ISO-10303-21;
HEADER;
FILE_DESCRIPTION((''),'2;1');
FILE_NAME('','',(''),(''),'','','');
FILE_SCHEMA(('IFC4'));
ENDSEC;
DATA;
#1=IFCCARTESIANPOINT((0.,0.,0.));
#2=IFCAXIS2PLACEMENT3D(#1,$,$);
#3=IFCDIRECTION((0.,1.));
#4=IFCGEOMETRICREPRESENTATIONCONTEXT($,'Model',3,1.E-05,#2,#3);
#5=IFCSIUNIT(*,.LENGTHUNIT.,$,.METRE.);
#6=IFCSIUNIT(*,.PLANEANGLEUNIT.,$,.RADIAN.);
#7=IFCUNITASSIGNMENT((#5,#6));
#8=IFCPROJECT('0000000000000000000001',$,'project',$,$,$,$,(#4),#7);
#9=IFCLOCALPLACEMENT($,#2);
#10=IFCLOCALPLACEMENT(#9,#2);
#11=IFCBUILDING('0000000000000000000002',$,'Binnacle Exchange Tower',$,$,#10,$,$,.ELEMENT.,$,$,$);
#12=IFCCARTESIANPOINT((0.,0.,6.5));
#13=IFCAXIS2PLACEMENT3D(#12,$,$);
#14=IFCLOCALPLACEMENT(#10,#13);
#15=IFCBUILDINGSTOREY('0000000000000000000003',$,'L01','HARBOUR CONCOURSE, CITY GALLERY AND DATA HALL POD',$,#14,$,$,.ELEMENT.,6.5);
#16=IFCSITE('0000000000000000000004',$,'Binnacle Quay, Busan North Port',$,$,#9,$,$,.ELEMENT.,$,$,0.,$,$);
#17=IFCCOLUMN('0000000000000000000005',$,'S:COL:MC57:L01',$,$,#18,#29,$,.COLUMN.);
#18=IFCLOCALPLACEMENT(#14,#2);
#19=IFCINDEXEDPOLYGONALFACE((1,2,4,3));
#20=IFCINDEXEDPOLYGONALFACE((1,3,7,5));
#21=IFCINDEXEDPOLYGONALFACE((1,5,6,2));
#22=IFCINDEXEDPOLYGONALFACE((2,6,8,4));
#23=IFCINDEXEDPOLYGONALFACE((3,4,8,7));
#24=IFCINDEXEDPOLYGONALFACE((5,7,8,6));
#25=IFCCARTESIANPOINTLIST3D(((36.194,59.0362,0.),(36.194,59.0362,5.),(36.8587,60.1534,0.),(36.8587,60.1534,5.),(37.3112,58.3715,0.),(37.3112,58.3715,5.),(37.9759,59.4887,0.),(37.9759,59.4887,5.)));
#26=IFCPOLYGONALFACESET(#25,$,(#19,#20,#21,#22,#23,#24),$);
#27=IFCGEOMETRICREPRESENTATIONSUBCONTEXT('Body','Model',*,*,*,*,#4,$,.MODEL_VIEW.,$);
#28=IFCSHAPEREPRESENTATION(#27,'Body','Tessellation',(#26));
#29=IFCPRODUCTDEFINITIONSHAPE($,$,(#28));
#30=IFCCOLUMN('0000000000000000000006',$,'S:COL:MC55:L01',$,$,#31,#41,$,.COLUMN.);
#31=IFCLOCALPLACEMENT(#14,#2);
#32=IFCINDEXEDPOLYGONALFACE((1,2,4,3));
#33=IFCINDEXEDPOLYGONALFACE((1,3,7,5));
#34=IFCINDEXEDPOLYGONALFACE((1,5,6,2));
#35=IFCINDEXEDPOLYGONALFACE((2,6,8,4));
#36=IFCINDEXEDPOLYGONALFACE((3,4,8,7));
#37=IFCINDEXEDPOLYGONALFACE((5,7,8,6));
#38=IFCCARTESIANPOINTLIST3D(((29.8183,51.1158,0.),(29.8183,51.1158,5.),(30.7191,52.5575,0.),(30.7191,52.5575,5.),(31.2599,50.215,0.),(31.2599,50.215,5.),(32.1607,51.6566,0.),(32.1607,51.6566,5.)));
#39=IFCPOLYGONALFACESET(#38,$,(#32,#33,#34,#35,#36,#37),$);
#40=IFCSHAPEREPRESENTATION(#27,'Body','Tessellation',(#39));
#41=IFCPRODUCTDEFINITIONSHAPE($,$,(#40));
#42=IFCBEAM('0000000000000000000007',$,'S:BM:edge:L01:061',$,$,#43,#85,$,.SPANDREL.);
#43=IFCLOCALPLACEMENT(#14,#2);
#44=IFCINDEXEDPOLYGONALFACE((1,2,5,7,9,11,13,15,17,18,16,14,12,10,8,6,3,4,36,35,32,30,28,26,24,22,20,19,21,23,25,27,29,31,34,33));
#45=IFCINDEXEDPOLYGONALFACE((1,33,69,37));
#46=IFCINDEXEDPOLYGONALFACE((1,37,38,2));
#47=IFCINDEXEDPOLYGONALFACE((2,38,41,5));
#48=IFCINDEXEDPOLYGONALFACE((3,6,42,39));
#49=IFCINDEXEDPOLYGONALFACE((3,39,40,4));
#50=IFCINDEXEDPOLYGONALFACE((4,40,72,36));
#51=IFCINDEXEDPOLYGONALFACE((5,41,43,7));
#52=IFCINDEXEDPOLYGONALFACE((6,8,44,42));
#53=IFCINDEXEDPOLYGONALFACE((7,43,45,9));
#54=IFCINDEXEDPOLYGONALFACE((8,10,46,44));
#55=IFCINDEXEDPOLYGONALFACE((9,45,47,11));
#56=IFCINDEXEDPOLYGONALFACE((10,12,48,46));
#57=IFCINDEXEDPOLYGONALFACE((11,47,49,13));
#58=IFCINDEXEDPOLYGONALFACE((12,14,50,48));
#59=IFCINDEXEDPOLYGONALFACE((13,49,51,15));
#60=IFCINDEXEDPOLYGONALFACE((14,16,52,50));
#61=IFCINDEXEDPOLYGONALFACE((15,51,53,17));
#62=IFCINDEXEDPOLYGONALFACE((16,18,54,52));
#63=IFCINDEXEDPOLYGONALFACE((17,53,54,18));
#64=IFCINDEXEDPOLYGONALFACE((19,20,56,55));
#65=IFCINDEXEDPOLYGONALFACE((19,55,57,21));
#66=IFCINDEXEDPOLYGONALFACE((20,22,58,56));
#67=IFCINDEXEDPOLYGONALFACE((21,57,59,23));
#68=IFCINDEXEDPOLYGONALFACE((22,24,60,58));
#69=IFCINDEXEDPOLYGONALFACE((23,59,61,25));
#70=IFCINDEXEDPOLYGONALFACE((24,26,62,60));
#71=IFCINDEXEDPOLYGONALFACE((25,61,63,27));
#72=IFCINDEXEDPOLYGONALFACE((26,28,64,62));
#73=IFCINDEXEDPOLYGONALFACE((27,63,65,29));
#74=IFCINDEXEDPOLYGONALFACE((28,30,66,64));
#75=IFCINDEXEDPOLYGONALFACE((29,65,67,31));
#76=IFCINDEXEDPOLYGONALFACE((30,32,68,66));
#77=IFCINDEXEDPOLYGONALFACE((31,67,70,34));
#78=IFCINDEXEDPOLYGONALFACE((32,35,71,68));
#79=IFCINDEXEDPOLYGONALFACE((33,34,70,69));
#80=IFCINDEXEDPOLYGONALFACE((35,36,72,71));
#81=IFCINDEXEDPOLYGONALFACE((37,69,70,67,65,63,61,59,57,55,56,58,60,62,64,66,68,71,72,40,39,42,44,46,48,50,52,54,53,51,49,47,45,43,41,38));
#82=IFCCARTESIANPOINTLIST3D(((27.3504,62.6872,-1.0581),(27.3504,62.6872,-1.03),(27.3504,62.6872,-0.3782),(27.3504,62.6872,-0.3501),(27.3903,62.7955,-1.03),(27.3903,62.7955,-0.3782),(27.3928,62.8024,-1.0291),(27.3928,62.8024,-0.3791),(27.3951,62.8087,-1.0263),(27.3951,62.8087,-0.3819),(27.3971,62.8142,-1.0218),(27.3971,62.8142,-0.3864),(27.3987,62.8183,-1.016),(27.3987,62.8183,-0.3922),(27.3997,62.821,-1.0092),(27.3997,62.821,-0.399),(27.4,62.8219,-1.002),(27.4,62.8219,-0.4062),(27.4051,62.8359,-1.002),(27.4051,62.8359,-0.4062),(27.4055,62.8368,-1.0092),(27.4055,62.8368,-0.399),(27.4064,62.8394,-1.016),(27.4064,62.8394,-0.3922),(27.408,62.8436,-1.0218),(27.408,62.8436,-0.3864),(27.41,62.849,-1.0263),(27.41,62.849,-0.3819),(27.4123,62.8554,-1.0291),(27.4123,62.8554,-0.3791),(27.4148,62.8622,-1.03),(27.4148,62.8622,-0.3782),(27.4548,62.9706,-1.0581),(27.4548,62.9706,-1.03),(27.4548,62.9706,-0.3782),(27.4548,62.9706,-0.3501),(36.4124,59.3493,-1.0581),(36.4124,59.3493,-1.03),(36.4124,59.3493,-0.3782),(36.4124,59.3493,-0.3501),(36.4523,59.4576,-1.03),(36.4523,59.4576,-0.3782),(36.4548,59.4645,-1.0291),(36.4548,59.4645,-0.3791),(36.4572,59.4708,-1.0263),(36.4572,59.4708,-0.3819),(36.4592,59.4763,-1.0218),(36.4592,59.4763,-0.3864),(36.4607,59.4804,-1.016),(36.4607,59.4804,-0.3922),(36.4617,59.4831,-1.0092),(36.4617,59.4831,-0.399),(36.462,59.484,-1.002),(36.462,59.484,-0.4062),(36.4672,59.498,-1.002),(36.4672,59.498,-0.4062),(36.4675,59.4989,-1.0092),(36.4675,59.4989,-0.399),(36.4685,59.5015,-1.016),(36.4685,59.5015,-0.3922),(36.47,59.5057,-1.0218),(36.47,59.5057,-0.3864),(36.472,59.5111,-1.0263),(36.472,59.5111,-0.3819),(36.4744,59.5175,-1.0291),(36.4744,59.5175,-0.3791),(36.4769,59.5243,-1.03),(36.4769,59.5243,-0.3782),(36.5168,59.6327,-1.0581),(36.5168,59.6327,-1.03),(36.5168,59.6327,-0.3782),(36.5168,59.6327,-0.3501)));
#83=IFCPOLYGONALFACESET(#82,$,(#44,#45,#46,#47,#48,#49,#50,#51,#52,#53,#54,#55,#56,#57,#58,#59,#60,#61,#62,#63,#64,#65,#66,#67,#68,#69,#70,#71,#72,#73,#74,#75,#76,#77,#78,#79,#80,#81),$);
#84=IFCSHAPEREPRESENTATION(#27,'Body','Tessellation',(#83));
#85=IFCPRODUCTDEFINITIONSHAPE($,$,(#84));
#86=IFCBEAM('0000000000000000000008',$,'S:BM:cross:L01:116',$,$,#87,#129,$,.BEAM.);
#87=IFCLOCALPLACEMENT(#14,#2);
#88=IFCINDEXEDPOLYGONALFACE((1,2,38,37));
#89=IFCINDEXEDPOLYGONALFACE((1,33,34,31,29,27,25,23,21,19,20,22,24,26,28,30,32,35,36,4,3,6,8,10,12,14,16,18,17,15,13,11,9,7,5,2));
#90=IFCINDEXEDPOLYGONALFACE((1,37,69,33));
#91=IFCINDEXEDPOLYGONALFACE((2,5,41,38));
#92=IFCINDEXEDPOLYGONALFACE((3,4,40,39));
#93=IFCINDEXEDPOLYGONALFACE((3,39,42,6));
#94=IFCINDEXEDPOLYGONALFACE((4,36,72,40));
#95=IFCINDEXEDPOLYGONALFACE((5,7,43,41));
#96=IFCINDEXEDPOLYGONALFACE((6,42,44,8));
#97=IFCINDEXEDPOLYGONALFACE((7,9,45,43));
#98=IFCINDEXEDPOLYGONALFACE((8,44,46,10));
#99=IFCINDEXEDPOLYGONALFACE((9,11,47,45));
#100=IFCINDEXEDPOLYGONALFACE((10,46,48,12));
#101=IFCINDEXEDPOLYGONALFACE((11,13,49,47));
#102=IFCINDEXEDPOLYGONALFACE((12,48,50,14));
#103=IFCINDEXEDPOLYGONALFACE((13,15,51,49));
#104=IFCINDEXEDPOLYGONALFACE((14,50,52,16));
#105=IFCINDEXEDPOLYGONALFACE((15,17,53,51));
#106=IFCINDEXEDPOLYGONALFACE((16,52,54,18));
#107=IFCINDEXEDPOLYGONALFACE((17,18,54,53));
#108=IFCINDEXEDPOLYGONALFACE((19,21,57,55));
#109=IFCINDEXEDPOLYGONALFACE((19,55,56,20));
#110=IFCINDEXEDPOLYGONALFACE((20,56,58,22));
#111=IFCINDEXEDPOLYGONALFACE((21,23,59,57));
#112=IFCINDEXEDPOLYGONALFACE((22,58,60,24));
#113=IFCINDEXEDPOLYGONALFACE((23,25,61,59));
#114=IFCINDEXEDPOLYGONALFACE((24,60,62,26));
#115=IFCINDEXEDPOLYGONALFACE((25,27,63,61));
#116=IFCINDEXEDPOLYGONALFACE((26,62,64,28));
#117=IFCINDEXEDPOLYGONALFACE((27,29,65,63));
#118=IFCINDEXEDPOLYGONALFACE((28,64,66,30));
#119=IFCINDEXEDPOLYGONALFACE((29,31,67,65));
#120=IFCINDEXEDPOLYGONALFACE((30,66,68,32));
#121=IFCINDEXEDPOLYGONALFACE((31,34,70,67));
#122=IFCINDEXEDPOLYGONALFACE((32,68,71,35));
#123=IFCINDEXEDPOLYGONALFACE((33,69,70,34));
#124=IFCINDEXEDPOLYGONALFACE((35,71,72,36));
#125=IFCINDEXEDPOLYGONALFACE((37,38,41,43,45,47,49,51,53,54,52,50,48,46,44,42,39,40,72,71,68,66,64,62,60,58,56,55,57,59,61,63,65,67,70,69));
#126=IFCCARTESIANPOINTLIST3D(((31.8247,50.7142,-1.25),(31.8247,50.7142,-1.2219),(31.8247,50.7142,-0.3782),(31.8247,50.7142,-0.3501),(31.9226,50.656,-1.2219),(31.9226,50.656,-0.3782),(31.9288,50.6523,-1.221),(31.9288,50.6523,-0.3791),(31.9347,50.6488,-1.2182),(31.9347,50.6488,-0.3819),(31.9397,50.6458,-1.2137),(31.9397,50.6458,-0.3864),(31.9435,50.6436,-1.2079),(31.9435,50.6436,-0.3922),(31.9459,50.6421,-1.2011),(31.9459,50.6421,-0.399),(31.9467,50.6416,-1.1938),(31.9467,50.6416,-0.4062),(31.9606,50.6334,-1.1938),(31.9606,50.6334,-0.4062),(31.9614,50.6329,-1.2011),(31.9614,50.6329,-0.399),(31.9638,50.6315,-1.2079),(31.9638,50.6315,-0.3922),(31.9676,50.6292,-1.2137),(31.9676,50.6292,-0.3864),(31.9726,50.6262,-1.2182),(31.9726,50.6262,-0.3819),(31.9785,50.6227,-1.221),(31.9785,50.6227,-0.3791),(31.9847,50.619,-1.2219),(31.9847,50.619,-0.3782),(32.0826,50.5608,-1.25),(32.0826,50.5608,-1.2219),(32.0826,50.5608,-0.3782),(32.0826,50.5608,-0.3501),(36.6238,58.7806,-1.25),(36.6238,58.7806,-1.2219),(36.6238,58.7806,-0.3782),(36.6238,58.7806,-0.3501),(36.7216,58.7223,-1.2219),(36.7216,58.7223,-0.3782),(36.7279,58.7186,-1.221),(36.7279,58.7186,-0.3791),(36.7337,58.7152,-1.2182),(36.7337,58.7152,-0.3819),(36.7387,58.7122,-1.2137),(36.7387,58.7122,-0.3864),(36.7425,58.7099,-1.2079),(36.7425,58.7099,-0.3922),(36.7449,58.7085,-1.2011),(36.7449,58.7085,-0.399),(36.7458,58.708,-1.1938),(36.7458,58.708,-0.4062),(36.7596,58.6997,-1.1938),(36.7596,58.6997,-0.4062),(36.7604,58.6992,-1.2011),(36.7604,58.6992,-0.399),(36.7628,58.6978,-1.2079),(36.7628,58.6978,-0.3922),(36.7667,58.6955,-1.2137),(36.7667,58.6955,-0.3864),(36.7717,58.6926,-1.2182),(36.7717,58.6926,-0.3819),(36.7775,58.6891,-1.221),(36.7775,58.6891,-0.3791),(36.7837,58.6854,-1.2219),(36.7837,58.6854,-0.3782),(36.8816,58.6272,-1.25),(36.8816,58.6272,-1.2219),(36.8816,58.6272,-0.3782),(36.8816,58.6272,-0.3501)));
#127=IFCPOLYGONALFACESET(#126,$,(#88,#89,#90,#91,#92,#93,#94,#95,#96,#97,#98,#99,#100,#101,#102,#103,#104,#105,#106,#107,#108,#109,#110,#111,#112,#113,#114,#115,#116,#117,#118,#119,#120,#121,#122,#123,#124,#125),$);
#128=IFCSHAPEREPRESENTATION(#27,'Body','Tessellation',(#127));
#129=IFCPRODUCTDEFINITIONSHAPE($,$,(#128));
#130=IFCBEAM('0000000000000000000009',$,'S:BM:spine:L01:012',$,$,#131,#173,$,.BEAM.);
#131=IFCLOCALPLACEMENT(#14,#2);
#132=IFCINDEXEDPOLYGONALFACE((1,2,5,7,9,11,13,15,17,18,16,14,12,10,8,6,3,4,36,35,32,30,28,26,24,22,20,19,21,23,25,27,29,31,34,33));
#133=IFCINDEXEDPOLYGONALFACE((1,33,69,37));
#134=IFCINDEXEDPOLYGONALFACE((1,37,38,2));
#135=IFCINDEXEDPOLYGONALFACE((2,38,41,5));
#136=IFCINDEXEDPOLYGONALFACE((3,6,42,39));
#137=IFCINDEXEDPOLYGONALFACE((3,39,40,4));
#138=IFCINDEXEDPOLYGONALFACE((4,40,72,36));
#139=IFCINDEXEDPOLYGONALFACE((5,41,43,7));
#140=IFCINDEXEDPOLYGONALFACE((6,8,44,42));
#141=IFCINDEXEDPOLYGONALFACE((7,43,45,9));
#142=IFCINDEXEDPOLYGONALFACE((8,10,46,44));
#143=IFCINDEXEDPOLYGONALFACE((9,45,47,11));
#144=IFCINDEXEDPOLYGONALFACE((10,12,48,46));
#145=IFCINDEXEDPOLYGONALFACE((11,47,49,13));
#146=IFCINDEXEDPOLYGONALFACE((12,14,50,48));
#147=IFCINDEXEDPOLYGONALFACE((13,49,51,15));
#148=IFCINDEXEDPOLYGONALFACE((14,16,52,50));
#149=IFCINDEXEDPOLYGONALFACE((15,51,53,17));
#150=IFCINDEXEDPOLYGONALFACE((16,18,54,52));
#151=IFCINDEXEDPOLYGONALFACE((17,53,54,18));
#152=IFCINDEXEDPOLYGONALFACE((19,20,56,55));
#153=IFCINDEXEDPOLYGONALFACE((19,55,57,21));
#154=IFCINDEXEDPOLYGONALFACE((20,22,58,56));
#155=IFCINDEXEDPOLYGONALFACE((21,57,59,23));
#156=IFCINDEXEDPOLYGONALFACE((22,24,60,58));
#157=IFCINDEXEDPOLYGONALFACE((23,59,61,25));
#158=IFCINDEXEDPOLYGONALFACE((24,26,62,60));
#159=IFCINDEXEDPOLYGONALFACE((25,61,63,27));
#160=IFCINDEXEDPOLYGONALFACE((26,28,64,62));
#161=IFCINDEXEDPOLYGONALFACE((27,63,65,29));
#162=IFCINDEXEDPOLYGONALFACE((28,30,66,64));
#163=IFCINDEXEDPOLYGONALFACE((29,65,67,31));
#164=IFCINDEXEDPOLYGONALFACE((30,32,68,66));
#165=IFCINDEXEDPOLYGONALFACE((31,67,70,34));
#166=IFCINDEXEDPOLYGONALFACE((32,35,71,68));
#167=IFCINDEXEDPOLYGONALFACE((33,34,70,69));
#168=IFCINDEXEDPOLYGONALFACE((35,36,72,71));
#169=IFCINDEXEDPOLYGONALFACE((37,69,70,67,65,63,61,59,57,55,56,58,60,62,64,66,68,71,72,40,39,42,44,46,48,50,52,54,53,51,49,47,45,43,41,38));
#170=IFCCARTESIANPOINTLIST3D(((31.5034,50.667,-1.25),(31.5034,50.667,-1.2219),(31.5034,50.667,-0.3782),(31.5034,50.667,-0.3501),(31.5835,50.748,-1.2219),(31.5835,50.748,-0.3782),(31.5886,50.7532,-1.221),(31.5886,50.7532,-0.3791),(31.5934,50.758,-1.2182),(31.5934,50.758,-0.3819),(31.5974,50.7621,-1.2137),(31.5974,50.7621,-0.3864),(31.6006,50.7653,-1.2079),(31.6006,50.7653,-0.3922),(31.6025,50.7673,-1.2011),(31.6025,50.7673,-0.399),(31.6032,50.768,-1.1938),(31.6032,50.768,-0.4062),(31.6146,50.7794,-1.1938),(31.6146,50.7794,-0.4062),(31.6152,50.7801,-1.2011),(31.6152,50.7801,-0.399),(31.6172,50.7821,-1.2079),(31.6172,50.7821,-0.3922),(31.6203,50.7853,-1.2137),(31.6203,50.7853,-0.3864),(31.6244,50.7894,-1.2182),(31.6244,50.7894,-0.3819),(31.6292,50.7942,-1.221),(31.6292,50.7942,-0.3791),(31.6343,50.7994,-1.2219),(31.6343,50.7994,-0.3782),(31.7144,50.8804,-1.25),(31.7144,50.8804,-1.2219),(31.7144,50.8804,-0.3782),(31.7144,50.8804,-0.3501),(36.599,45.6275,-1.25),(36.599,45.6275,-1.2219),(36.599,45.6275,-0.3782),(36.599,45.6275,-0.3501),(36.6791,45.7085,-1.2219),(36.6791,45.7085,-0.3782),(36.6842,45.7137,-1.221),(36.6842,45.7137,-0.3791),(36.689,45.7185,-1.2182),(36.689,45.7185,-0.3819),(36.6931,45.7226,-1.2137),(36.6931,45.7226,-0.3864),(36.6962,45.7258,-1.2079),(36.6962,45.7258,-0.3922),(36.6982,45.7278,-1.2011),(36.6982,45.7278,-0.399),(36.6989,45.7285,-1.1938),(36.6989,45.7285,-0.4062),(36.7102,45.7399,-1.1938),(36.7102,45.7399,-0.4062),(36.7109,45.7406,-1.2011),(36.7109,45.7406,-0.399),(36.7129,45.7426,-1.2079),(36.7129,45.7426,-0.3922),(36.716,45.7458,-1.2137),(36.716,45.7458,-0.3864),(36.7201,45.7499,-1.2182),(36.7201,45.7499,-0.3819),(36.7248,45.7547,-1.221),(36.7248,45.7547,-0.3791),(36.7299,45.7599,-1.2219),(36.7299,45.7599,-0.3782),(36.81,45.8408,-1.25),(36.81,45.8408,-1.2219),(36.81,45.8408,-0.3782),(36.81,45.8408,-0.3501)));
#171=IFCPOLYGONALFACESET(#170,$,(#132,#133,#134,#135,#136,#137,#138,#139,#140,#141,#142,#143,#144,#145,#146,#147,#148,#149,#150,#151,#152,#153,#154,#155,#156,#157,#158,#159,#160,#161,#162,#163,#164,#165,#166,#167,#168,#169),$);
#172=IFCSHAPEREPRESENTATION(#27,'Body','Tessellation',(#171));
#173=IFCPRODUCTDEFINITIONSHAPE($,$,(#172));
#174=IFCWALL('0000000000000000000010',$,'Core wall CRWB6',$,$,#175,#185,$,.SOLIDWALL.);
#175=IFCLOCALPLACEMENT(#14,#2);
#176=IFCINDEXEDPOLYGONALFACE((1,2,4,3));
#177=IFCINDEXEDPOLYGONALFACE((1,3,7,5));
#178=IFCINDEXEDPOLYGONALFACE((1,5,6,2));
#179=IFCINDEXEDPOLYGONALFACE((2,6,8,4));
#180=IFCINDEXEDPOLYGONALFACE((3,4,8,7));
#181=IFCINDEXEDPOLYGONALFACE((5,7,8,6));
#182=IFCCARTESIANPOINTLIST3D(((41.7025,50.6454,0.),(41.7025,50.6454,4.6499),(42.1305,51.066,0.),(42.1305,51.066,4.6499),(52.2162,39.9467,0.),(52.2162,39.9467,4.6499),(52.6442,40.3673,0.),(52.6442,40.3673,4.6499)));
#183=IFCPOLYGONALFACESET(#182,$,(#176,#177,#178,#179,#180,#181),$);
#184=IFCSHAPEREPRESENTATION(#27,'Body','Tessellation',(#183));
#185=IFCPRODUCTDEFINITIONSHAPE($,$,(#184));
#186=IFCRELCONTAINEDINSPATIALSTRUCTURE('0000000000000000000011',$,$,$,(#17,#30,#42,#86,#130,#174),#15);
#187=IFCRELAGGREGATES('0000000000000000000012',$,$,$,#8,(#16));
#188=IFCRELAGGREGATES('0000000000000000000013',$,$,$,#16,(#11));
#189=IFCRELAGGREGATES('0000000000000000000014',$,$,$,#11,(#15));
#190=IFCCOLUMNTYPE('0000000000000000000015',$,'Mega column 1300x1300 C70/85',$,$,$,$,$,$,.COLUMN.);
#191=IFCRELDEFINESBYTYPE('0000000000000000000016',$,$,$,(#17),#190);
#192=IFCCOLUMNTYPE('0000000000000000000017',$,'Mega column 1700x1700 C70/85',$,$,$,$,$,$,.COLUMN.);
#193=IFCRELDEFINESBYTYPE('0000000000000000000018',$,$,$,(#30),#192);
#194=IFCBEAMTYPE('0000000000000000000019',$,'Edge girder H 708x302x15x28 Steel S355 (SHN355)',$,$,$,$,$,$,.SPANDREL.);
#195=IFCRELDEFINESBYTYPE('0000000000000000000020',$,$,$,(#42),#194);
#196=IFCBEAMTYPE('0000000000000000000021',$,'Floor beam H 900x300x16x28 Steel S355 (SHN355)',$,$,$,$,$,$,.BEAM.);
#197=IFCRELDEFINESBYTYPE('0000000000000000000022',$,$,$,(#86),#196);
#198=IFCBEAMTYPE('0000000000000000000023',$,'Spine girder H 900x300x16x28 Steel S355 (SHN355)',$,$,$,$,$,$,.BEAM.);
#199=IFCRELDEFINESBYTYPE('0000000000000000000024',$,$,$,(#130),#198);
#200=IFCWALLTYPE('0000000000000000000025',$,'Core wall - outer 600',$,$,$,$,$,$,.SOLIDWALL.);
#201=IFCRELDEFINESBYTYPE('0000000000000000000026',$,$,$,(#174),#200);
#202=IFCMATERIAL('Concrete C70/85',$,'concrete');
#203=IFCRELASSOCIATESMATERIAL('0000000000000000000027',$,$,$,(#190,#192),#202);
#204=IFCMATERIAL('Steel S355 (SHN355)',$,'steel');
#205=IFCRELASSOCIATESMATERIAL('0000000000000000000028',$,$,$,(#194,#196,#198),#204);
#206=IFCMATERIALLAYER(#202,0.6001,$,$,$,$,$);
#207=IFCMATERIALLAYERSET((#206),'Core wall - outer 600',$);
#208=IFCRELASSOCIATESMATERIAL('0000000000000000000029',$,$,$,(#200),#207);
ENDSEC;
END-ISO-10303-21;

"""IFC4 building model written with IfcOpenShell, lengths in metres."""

from ifc_helpers import new_model, si_unit, direction, frame, frame_2d, origin, origin_2d, place, context, subcontext, project, spatial, rectangle, i_section, extrude, material, layer, layer_set, material_profile, profile_set, type_object, element, save


model = new_model("IFC4")

# Units and contexts
model_context = context("Model", 3, precision=1e-05, world=origin(), true_north=direction((0.0, 1.0)))
body_context = subcontext(model_context, "Body", "Model", "MODEL_VIEW")
ifc_project = project(units=[si_unit("LENGTHUNIT", "METRE"), si_unit("PLANEANGLEUNIT", "RADIAN")], contexts=[model_context])

# Site, building, storey
site_placement = place(None, origin())
site = spatial("IfcSite", under=ifc_project, at=site_placement, Name="Binnacle Quay, Busan North Port", CompositionType="ELEMENT", RefElevation=0.0)
building_placement = place(site_placement, origin())
building = spatial("IfcBuilding", under=site, at=building_placement, Name="Binnacle Exchange Tower", CompositionType="ELEMENT")
storey_placement = place(building_placement, frame((0.0, 0.0, 6.5)))
storey = spatial("IfcBuildingStorey", under=building, at=storey_placement, Name="L01", Description="HARBOUR CONCOURSE, CITY GALLERY AND DATA HALL POD", CompositionType="ELEMENT", Elevation=6.5)

# Columns
ifc_material_1 = material(Name="Concrete C70/85", Category="concrete")
ifc_material_profile_1 = material_profile(ifc_material_1, rectangle(XDim=1.3, YDim=1.3, at=origin_2d()), Name="Mega column 1300x1300 C70/85")
ifc_profile_set_1 = profile_set([ifc_material_profile_1], Name="Concrete C70/85")
column_type_1 = type_object("IfcColumnType", Name="Mega column 1300x1300 C70/85", PredefinedType="COLUMN", material=ifc_profile_set_1)
column_1_placement = place(storey_placement, frame((37.085, 59.2625, 0.0), z_axis=(0.0, 0.0, 1.0), x_axis=(-0.859406, 0.511293, 0.0)))
element("IfcColumn", 1, at=column_1_placement, inside=storey, type_object=column_type_1, Name="S:COL:MC57:L01", PredefinedType="COLUMN", context=body_context, shape_type="SweptSolid", body=[
    extrude(rectangle(XDim=1.3, YDim=1.3, at=origin_2d()), origin(), (0.0, 0.0, 1.0), 5.0),
])
ifc_material_profile_2 = material_profile(ifc_material_1, rectangle(XDim=1.7, YDim=1.7, at=origin_2d()), Name="Mega column 1700x1700 C70/85")
ifc_profile_set_2 = profile_set([ifc_material_profile_2], Name="Concrete C70/85")
column_type_2 = type_object("IfcColumnType", Name="Mega column 1700x1700 C70/85", PredefinedType="COLUMN", material=ifc_profile_set_2)
column_2_placement = place(storey_placement, frame((30.9895, 51.3862, 0.0), z_axis=(0.0, 0.0, 1.0), x_axis=(0.529919, 0.848048, 0.0)))
element("IfcColumn", 2, at=column_2_placement, inside=storey, type_object=column_type_2, Name="S:COL:MC55:L01", PredefinedType="COLUMN", context=body_context, shape_type="SweptSolid", body=[
    extrude(rectangle(XDim=1.7, YDim=1.7, at=origin_2d()), origin(), (0.0, 0.0, 1.0), 5.0),
])

# Beams
ifc_material_2 = material(Name="Steel S355 (SHN355)", Category="steel")
ifc_material_profile_3 = material_profile(ifc_material_2, i_section(OverallWidth=0.302, OverallDepth=0.708, WebThickness=0.0149, FlangeThickness=0.0281, FilletRadius=0.0281, at=origin_2d()), Name="H 708x302x15x28")
ifc_profile_set_3 = profile_set([ifc_material_profile_3], Name="Steel S355 (SHN355)")
beam_type_1 = type_object("IfcBeamType", Name="Edge girder H 708x302x15x28 Steel S355 (SHN355)", PredefinedType="SPANDREL", material=ifc_profile_set_3)
beam_1_placement = place(storey_placement, frame((36.4646, 59.491, -0.7041), z_axis=(-0.938368, 0.345637, 0.0), x_axis=(-0.345637, -0.938368, 0.0)))
element("IfcBeam", 3, at=beam_1_placement, inside=storey, type_object=beam_type_1, Name="S:BM:edge:L01:061", PredefinedType="SPANDREL", context=body_context, shape_type="SweptSolid", body=[
    extrude(i_section(OverallWidth=0.302, OverallDepth=0.708, WebThickness=0.0149, FlangeThickness=0.0281, FilletRadius=0.0281, at=origin_2d()), origin(), (0.0, 0.0, 1.0), 9.6572),
])
ifc_material_profile_4 = material_profile(ifc_material_2, i_section(OverallWidth=0.3, OverallDepth=0.8999, WebThickness=0.0161, FlangeThickness=0.0281, FilletRadius=0.0281, at=origin_2d()), Name="H 900x300x16x28")
ifc_profile_set_4 = profile_set([ifc_material_profile_4], Name="Steel S355 (SHN355)")
beam_type_2 = type_object("IfcBeamType", Name="Floor beam H 900x300x16x28 Steel S355 (SHN355)", PredefinedType="BEAM", material=ifc_profile_set_4)
beam_2_placement = place(storey_placement, frame((36.7527, 58.7039, -0.8), z_axis=(-0.511298, -0.859403, 0.0), x_axis=(0.859403, -0.511298, 0.0)))
element("IfcBeam", 4, at=beam_2_placement, inside=storey, type_object=beam_type_2, Name="S:BM:cross:L01:116", PredefinedType="BEAM", context=body_context, shape_type="SweptSolid", body=[
    extrude(i_section(OverallWidth=0.3, OverallDepth=0.8999, WebThickness=0.0161, FlangeThickness=0.0281, FilletRadius=0.0281, at=origin_2d()), origin(), (0.0, 0.0, 1.0), 9.386),
])
ifc_material_profile_5 = material_profile(ifc_material_2, i_section(OverallWidth=0.3, OverallDepth=0.8999, WebThickness=0.0161, FlangeThickness=0.0281, FilletRadius=0.0281, at=origin_2d()), Name="H 900x300x16x28")
ifc_profile_set_5 = profile_set([ifc_material_profile_5], Name="Steel S355 (SHN355)")
beam_type_3 = type_object("IfcBeamType", Name="Spine girder H 900x300x16x28 Steel S355 (SHN355)", PredefinedType="BEAM", material=ifc_profile_set_5)
beam_3_placement = place(storey_placement, frame((31.6089, 50.7737, -0.8), z_axis=(0.711013, -0.703178, 0.0), x_axis=(0.703178, 0.711013, 0.0)))
element("IfcBeam", 5, at=beam_3_placement, inside=storey, type_object=beam_type_3, Name="S:BM:spine:L01:012", PredefinedType="BEAM", context=body_context, shape_type="SweptSolid", body=[
    extrude(i_section(OverallWidth=0.3, OverallDepth=0.8999, WebThickness=0.0161, FlangeThickness=0.0281, FilletRadius=0.0281, at=origin_2d()), origin(), (0.0, 0.0, 1.0), 7.1667),
])

# Wall
ifc_layer_1 = layer(ifc_material_1, 0.6001)
ifc_layer_set_1 = layer_set([ifc_layer_1], Name="Core wall - outer 600")
wall_type_1 = type_object("IfcWallType", Name="Core wall - outer 600", PredefinedType="SOLIDWALL", material=ifc_layer_set_1)
wall_1_placement = place(storey_placement, frame((41.9165, 50.8557, 0.0), z_axis=(0.0, 0.0, 1.0), x_axis=(0.700911, -0.713248, 0.0)))
element("IfcWall", 6, at=wall_1_placement, inside=storey, type_object=wall_type_1, Name="Core wall CRWB6", PredefinedType="SOLIDWALL", context=body_context, shape_type="SweptSolid", body=[
    extrude(rectangle(XDim=15.0, YDim=0.6001, at=frame_2d((7.5, 0.0))), origin(), (0.0, 0.0, 1.0), 4.6499),
])

save(model, "model.ifc")
